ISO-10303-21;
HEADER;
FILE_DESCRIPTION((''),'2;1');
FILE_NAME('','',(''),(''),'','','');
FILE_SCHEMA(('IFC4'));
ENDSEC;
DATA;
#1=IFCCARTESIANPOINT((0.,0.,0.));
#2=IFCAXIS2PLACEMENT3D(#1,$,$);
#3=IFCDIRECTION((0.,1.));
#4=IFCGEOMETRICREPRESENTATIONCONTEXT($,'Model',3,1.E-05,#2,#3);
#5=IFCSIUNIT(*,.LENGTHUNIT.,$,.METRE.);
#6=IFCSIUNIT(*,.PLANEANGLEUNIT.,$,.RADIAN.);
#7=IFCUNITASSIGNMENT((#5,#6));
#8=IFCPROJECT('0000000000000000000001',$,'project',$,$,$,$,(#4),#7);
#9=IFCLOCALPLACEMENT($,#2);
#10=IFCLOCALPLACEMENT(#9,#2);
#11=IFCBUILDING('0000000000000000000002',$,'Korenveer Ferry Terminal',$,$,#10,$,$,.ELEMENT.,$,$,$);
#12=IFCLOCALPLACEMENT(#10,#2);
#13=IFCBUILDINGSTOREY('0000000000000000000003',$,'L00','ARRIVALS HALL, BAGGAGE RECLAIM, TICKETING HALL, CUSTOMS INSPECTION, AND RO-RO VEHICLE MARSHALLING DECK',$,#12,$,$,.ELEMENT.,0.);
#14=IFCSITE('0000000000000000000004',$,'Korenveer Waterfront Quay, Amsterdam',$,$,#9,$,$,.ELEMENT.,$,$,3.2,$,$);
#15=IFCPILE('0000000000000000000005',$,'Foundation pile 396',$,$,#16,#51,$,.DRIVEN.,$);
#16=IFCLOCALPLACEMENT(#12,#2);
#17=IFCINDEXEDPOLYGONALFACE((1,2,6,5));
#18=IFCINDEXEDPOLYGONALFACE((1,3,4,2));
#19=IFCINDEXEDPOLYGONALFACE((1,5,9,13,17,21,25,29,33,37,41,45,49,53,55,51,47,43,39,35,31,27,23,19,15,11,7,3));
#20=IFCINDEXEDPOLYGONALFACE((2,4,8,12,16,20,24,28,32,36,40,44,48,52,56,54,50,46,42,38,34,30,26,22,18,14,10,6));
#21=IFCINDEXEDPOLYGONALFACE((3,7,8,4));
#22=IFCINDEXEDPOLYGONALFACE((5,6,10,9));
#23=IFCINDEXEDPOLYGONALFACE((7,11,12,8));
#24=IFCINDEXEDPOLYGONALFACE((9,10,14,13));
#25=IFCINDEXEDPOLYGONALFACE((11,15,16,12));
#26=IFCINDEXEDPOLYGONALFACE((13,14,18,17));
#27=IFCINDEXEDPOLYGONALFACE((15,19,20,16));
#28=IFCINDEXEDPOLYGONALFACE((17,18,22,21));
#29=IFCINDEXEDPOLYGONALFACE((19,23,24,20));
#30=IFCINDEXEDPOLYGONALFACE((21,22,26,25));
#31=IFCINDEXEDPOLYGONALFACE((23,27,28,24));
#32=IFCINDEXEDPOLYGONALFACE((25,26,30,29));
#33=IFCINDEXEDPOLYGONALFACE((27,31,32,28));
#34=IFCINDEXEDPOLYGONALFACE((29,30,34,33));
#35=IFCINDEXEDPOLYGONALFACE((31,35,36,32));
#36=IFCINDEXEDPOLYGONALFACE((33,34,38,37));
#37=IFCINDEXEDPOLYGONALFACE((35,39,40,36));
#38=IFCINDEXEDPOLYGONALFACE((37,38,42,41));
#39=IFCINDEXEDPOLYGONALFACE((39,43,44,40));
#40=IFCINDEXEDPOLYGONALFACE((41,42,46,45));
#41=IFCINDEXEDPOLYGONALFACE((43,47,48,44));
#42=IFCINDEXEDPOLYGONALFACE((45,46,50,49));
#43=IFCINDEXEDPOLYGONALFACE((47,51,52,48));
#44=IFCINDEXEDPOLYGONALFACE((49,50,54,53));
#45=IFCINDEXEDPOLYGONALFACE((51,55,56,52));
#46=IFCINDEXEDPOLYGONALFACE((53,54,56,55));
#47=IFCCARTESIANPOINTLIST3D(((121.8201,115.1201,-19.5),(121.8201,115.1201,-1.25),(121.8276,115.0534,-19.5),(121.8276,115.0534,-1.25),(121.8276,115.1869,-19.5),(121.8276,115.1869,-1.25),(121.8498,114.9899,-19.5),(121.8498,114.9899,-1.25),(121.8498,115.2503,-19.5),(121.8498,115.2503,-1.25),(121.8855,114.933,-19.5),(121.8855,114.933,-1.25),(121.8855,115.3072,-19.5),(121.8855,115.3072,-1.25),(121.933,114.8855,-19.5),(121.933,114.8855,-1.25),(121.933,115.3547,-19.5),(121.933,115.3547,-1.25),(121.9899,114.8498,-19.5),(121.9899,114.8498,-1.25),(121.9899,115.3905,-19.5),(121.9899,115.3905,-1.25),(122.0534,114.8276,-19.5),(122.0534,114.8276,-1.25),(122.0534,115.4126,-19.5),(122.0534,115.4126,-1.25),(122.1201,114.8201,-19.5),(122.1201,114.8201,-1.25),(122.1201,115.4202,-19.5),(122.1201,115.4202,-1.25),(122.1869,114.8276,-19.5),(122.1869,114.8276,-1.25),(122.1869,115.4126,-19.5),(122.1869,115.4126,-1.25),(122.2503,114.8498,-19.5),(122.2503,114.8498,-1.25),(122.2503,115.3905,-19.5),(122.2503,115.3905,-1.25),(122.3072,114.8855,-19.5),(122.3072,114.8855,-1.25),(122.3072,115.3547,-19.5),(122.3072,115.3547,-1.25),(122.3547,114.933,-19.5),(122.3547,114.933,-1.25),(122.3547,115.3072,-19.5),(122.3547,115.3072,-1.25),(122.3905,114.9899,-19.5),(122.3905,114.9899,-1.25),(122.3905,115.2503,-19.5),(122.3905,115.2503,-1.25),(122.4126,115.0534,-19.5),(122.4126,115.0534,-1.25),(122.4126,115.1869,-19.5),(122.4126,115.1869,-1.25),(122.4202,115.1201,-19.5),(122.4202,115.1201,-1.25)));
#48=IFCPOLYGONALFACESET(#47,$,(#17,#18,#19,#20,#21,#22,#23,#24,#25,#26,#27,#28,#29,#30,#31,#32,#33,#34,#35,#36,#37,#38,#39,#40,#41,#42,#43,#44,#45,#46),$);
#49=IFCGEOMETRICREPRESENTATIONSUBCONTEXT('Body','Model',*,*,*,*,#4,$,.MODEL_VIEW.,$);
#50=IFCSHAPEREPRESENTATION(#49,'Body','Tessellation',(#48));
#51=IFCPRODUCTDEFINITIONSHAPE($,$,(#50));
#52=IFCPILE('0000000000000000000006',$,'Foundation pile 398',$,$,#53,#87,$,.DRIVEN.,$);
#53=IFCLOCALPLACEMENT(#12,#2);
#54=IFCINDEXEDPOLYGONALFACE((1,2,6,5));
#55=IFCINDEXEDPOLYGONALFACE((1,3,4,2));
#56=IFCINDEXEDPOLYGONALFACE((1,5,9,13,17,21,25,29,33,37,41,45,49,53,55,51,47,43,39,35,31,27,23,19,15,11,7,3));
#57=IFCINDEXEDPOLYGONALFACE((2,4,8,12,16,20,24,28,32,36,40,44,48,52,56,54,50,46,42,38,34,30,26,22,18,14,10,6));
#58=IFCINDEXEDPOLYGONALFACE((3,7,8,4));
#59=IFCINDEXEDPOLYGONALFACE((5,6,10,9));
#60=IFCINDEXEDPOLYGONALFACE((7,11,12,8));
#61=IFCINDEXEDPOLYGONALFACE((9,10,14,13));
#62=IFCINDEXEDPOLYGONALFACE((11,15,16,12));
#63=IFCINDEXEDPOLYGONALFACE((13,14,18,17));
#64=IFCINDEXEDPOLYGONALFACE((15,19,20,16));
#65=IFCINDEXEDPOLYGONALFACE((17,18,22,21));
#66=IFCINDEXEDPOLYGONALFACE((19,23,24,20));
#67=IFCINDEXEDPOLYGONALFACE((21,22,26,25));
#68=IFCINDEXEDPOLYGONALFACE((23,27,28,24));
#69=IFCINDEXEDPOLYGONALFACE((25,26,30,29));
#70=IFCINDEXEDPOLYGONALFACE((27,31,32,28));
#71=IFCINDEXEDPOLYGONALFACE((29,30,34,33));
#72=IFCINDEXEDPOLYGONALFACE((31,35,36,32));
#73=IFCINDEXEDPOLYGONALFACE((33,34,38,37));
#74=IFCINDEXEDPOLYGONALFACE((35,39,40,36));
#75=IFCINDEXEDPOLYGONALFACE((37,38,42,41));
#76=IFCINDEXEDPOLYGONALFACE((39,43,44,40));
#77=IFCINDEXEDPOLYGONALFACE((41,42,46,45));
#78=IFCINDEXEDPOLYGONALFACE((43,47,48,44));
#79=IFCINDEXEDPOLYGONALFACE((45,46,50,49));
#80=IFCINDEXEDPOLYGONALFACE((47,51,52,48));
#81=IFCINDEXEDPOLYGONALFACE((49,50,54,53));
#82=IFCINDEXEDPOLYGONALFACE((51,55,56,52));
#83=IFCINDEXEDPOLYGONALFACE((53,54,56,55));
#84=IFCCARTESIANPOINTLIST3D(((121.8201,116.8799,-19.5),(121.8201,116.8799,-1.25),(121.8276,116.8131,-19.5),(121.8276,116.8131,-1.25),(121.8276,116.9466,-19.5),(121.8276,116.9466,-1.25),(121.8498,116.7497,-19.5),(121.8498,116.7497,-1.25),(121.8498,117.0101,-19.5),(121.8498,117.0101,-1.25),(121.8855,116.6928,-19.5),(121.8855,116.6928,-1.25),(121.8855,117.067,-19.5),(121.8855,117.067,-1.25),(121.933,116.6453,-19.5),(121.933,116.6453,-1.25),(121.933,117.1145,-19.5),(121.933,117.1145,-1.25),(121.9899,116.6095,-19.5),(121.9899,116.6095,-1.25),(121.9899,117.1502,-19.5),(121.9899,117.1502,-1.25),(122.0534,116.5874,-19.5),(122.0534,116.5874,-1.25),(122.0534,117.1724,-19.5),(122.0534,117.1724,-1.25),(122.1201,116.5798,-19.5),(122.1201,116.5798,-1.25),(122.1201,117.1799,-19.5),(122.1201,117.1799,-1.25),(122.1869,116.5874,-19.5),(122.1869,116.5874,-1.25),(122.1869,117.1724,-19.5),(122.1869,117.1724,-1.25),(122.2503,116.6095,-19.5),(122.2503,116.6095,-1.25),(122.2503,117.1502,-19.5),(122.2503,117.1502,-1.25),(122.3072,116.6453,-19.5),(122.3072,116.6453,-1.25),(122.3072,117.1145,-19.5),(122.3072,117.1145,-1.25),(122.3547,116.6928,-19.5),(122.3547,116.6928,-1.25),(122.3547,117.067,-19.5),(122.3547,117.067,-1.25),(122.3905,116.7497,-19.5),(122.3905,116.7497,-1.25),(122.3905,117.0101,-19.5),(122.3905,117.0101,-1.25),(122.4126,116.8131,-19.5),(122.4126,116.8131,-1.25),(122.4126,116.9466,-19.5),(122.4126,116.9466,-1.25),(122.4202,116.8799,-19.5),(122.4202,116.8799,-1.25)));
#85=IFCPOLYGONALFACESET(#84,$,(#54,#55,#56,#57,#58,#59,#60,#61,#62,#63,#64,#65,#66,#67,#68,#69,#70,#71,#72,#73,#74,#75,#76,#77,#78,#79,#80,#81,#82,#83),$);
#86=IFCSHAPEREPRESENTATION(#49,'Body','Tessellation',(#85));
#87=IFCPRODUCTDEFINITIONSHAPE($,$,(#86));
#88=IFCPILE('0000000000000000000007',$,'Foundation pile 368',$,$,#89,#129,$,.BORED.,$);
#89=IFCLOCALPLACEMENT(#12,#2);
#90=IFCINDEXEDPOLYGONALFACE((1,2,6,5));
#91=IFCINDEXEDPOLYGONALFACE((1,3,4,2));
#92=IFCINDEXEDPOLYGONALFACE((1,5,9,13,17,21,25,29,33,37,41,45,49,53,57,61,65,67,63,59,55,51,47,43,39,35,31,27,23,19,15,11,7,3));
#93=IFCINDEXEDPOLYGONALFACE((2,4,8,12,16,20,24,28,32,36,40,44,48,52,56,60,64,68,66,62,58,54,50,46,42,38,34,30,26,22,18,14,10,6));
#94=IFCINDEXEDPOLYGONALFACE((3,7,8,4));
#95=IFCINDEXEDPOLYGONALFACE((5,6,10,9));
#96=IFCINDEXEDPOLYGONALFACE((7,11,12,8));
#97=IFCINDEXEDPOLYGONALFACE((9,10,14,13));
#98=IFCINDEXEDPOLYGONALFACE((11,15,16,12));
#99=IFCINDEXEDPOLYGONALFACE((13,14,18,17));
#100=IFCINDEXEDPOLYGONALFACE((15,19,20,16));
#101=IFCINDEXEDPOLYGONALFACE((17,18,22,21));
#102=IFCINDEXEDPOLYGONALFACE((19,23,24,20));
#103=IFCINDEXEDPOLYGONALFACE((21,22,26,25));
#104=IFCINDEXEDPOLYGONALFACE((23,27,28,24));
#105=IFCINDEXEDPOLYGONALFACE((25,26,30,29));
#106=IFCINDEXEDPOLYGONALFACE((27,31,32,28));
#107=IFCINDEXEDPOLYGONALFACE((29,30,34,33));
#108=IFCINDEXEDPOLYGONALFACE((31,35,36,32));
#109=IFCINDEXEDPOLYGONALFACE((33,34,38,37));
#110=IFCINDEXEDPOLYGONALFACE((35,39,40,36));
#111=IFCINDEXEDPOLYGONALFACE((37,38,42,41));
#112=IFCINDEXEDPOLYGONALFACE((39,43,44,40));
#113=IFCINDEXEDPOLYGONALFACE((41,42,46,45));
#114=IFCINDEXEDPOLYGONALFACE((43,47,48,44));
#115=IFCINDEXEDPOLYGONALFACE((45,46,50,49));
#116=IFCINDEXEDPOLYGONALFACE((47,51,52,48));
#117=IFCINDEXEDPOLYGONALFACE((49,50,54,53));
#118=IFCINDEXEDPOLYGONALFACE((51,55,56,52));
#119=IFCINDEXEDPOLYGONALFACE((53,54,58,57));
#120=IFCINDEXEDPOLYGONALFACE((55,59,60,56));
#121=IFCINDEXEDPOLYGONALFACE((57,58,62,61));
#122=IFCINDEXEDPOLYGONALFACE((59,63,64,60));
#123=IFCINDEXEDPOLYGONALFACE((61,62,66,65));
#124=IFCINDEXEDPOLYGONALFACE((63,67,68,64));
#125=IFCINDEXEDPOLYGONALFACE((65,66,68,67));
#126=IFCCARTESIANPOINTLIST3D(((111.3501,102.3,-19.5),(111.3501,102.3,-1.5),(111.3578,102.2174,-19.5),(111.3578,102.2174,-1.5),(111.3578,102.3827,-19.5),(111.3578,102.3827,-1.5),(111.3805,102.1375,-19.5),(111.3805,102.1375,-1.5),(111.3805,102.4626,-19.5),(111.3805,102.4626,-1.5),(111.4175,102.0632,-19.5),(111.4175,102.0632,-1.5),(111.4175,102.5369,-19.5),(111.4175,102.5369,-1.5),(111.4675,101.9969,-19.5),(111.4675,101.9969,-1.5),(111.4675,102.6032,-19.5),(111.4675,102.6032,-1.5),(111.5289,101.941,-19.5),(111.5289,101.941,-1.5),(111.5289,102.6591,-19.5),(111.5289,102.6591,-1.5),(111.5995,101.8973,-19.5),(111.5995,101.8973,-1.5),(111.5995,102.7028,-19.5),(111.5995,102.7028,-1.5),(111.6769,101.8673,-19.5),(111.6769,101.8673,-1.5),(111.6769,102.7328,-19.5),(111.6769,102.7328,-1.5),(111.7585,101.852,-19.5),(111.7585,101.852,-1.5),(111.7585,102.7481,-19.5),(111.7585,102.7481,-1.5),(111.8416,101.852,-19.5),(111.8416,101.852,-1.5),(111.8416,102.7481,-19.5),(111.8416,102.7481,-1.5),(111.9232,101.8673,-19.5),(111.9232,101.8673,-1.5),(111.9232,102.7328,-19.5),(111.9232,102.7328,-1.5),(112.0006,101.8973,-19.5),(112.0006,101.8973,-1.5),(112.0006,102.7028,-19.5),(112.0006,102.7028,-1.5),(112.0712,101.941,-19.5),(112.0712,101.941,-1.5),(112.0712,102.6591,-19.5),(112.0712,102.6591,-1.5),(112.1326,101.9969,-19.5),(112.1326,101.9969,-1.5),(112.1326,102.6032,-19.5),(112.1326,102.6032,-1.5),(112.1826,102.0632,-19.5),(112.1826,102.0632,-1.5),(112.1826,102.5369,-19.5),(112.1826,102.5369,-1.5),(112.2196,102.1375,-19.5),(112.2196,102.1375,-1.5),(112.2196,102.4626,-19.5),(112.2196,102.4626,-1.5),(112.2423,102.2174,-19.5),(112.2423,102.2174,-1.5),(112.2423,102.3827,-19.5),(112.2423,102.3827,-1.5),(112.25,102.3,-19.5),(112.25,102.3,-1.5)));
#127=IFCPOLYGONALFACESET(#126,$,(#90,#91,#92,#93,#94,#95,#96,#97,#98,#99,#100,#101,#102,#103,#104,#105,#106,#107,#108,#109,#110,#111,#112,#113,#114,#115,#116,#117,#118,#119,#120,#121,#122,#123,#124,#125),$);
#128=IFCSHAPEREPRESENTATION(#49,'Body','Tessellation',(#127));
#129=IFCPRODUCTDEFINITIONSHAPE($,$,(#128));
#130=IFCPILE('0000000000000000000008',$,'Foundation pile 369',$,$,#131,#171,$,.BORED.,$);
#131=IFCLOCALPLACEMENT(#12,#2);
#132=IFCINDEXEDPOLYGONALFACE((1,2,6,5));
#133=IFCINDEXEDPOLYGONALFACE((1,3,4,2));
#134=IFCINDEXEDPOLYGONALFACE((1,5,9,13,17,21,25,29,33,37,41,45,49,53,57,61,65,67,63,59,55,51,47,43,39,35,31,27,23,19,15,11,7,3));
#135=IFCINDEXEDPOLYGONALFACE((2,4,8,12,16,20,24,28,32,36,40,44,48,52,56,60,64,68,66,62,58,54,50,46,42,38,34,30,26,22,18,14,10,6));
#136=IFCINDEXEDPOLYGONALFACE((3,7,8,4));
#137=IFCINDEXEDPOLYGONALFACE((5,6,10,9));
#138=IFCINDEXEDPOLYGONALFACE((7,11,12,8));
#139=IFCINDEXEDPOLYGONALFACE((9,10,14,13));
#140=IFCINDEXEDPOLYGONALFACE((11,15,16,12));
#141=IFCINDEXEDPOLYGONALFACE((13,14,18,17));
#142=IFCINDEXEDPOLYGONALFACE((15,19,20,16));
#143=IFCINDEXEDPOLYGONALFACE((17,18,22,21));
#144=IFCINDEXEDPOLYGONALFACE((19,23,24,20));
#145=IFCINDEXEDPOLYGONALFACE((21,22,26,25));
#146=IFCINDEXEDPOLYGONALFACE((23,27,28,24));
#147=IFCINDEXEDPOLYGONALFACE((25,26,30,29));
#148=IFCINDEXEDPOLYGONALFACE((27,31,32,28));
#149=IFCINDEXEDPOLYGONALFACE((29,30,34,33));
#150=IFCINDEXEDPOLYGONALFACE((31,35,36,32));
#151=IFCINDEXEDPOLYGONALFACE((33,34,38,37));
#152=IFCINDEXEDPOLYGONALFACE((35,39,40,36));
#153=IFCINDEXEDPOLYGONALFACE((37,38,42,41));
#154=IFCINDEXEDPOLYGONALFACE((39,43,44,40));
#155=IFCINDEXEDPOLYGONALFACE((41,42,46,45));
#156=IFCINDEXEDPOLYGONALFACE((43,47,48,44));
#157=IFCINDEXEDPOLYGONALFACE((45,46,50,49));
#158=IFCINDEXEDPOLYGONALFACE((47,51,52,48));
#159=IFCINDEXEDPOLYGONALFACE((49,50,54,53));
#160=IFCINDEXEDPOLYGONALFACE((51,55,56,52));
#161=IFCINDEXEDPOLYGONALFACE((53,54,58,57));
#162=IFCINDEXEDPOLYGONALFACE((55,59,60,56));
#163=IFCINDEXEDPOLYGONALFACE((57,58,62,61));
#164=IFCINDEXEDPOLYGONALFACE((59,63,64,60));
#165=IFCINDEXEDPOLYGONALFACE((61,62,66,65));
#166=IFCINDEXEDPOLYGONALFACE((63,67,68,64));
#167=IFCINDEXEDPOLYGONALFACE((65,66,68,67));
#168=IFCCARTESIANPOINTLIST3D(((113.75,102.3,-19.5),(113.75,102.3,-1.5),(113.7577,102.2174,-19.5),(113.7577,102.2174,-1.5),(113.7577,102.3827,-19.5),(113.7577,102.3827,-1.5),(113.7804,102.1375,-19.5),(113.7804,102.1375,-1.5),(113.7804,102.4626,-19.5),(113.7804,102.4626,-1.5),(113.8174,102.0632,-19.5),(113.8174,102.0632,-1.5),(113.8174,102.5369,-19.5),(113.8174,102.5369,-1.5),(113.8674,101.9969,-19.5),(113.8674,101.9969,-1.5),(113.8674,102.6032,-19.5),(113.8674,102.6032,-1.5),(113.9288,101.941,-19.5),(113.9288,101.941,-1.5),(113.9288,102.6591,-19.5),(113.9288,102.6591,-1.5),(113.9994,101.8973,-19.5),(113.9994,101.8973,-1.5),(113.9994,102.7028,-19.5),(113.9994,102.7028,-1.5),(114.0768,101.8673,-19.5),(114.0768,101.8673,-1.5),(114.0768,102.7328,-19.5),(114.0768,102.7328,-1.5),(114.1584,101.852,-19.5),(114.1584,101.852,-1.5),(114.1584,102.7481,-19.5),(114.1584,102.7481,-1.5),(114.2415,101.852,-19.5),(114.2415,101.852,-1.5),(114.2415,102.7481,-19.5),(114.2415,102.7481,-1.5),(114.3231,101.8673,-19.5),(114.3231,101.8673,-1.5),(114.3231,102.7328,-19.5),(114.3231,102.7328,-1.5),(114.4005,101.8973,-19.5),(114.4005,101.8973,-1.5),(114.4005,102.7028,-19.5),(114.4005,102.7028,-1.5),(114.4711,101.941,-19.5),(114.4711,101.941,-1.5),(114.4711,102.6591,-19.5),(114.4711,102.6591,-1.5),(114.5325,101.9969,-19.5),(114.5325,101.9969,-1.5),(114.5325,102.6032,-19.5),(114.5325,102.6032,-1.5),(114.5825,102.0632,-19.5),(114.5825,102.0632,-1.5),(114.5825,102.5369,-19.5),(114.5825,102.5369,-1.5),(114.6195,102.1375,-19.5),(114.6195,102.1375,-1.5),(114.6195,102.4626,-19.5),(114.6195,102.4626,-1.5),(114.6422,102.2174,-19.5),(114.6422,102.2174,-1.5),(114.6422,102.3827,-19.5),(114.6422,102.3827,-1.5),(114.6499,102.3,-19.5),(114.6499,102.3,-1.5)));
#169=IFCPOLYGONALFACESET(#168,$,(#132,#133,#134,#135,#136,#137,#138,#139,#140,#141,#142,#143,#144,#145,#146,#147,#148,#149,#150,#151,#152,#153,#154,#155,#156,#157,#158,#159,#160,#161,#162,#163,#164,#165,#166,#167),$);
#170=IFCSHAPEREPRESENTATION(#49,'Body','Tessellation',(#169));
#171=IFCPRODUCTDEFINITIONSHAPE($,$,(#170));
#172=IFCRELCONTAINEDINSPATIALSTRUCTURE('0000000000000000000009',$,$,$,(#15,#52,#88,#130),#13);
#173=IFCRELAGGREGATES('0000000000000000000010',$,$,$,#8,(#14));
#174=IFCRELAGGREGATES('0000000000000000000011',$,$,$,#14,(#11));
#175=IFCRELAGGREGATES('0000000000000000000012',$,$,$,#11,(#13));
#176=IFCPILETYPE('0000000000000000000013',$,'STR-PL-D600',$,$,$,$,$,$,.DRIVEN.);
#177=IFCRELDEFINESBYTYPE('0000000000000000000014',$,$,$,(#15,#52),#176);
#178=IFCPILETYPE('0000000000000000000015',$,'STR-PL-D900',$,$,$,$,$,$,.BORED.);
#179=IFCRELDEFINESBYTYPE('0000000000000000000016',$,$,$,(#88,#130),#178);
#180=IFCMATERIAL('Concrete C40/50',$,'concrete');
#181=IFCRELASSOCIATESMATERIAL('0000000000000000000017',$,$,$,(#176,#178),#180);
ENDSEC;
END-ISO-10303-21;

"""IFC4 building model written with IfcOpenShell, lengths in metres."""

from ifc_helpers import new_model, si_unit, direction, frame, origin, origin_2d, place, context, subcontext, project, spatial, circle, extrude, material, material_profile, profile_set, type_object, element, save


model = new_model("IFC4")

# Units and contexts
model_context = context("Model", 3, precision=1e-05, world=origin(), true_north=direction((0.0, 1.0)))
body_context = subcontext(model_context, "Body", "Model", "MODEL_VIEW")
ifc_project = project(units=[si_unit("LENGTHUNIT", "METRE"), si_unit("PLANEANGLEUNIT", "RADIAN")], contexts=[model_context])

# Site, building, storey
site_placement = place(None, origin())
site = spatial("IfcSite", under=ifc_project, at=site_placement, Name="Korenveer Waterfront Quay, Amsterdam", CompositionType="ELEMENT", RefElevation=3.2)
building_placement = place(site_placement, origin())
building = spatial("IfcBuilding", under=site, at=building_placement, Name="Korenveer Ferry Terminal", CompositionType="ELEMENT")
storey_placement = place(building_placement, origin())
storey = spatial("IfcBuildingStorey", under=building, at=storey_placement, Name="L00", Description="ARRIVALS HALL, BAGGAGE RECLAIM, TICKETING HALL, CUSTOMS INSPECTION, AND RO-RO VEHICLE MARSHALLING DECK", CompositionType="ELEMENT", Elevation=0.0)

# Shared definitions
ifc_material_1 = material(Name="Concrete C40/50", Category="concrete")

# Piles
ifc_material_profile_1 = material_profile(ifc_material_1, circle(Radius=0.3, at=origin_2d()), Name="PILE D600")
ifc_profile_set_1 = profile_set([ifc_material_profile_1], Name="Concrete C40/50")
pile_type_1 = type_object("IfcPileType", Name="STR-PL-D600", PredefinedType="DRIVEN", material=ifc_profile_set_1)
for number, where, z_axis, x_axis, name in (
    (1, (122.1201, 115.1201, -1.25), (0.0, 0.0, -1.0), (1.0, 0.0, 0.0), "Foundation pile 396"),
    (2, (122.1201, 116.8799, -1.25), (0.0, 0.0, -1.0), (1.0, 0.0, 0.0), "Foundation pile 398"),
):
    element("IfcPile", number, at=place(storey_placement, frame(where, z_axis=z_axis, x_axis=x_axis)), inside=storey, type_object=pile_type_1, Name=name, PredefinedType="DRIVEN", context=body_context, shape_type="SweptSolid", body=[
        extrude(circle(Radius=0.3, at=origin_2d()), origin(), (0.0, 0.0, 1.0), 18.25),
    ])
ifc_material_profile_2 = material_profile(ifc_material_1, circle(Radius=0.45, at=origin_2d()), Name="PILE D900")
ifc_profile_set_2 = profile_set([ifc_material_profile_2], Name="Concrete C40/50")
pile_type_2 = type_object("IfcPileType", Name="STR-PL-D900", PredefinedType="BORED", material=ifc_profile_set_2)
for number, where, z_axis, x_axis, name in (
    (3, (111.8, 102.3, -1.5), (0.0, 0.0, -1.0), (1.0, 0.0, 0.0), "Foundation pile 368"),
    (4, (114.2, 102.3, -1.5), (0.0, 0.0, -1.0), (1.0, 0.0, 0.0), "Foundation pile 369"),
):
    element("IfcPile", number, at=place(storey_placement, frame(where, z_axis=z_axis, x_axis=x_axis)), inside=storey, type_object=pile_type_2, Name=name, PredefinedType="BORED", context=body_context, shape_type="SweptSolid", body=[
        extrude(circle(Radius=0.45, at=origin_2d()), origin(), (0.0, 0.0, 1.0), 18.0),
    ])

save(model, "model.ifc")
